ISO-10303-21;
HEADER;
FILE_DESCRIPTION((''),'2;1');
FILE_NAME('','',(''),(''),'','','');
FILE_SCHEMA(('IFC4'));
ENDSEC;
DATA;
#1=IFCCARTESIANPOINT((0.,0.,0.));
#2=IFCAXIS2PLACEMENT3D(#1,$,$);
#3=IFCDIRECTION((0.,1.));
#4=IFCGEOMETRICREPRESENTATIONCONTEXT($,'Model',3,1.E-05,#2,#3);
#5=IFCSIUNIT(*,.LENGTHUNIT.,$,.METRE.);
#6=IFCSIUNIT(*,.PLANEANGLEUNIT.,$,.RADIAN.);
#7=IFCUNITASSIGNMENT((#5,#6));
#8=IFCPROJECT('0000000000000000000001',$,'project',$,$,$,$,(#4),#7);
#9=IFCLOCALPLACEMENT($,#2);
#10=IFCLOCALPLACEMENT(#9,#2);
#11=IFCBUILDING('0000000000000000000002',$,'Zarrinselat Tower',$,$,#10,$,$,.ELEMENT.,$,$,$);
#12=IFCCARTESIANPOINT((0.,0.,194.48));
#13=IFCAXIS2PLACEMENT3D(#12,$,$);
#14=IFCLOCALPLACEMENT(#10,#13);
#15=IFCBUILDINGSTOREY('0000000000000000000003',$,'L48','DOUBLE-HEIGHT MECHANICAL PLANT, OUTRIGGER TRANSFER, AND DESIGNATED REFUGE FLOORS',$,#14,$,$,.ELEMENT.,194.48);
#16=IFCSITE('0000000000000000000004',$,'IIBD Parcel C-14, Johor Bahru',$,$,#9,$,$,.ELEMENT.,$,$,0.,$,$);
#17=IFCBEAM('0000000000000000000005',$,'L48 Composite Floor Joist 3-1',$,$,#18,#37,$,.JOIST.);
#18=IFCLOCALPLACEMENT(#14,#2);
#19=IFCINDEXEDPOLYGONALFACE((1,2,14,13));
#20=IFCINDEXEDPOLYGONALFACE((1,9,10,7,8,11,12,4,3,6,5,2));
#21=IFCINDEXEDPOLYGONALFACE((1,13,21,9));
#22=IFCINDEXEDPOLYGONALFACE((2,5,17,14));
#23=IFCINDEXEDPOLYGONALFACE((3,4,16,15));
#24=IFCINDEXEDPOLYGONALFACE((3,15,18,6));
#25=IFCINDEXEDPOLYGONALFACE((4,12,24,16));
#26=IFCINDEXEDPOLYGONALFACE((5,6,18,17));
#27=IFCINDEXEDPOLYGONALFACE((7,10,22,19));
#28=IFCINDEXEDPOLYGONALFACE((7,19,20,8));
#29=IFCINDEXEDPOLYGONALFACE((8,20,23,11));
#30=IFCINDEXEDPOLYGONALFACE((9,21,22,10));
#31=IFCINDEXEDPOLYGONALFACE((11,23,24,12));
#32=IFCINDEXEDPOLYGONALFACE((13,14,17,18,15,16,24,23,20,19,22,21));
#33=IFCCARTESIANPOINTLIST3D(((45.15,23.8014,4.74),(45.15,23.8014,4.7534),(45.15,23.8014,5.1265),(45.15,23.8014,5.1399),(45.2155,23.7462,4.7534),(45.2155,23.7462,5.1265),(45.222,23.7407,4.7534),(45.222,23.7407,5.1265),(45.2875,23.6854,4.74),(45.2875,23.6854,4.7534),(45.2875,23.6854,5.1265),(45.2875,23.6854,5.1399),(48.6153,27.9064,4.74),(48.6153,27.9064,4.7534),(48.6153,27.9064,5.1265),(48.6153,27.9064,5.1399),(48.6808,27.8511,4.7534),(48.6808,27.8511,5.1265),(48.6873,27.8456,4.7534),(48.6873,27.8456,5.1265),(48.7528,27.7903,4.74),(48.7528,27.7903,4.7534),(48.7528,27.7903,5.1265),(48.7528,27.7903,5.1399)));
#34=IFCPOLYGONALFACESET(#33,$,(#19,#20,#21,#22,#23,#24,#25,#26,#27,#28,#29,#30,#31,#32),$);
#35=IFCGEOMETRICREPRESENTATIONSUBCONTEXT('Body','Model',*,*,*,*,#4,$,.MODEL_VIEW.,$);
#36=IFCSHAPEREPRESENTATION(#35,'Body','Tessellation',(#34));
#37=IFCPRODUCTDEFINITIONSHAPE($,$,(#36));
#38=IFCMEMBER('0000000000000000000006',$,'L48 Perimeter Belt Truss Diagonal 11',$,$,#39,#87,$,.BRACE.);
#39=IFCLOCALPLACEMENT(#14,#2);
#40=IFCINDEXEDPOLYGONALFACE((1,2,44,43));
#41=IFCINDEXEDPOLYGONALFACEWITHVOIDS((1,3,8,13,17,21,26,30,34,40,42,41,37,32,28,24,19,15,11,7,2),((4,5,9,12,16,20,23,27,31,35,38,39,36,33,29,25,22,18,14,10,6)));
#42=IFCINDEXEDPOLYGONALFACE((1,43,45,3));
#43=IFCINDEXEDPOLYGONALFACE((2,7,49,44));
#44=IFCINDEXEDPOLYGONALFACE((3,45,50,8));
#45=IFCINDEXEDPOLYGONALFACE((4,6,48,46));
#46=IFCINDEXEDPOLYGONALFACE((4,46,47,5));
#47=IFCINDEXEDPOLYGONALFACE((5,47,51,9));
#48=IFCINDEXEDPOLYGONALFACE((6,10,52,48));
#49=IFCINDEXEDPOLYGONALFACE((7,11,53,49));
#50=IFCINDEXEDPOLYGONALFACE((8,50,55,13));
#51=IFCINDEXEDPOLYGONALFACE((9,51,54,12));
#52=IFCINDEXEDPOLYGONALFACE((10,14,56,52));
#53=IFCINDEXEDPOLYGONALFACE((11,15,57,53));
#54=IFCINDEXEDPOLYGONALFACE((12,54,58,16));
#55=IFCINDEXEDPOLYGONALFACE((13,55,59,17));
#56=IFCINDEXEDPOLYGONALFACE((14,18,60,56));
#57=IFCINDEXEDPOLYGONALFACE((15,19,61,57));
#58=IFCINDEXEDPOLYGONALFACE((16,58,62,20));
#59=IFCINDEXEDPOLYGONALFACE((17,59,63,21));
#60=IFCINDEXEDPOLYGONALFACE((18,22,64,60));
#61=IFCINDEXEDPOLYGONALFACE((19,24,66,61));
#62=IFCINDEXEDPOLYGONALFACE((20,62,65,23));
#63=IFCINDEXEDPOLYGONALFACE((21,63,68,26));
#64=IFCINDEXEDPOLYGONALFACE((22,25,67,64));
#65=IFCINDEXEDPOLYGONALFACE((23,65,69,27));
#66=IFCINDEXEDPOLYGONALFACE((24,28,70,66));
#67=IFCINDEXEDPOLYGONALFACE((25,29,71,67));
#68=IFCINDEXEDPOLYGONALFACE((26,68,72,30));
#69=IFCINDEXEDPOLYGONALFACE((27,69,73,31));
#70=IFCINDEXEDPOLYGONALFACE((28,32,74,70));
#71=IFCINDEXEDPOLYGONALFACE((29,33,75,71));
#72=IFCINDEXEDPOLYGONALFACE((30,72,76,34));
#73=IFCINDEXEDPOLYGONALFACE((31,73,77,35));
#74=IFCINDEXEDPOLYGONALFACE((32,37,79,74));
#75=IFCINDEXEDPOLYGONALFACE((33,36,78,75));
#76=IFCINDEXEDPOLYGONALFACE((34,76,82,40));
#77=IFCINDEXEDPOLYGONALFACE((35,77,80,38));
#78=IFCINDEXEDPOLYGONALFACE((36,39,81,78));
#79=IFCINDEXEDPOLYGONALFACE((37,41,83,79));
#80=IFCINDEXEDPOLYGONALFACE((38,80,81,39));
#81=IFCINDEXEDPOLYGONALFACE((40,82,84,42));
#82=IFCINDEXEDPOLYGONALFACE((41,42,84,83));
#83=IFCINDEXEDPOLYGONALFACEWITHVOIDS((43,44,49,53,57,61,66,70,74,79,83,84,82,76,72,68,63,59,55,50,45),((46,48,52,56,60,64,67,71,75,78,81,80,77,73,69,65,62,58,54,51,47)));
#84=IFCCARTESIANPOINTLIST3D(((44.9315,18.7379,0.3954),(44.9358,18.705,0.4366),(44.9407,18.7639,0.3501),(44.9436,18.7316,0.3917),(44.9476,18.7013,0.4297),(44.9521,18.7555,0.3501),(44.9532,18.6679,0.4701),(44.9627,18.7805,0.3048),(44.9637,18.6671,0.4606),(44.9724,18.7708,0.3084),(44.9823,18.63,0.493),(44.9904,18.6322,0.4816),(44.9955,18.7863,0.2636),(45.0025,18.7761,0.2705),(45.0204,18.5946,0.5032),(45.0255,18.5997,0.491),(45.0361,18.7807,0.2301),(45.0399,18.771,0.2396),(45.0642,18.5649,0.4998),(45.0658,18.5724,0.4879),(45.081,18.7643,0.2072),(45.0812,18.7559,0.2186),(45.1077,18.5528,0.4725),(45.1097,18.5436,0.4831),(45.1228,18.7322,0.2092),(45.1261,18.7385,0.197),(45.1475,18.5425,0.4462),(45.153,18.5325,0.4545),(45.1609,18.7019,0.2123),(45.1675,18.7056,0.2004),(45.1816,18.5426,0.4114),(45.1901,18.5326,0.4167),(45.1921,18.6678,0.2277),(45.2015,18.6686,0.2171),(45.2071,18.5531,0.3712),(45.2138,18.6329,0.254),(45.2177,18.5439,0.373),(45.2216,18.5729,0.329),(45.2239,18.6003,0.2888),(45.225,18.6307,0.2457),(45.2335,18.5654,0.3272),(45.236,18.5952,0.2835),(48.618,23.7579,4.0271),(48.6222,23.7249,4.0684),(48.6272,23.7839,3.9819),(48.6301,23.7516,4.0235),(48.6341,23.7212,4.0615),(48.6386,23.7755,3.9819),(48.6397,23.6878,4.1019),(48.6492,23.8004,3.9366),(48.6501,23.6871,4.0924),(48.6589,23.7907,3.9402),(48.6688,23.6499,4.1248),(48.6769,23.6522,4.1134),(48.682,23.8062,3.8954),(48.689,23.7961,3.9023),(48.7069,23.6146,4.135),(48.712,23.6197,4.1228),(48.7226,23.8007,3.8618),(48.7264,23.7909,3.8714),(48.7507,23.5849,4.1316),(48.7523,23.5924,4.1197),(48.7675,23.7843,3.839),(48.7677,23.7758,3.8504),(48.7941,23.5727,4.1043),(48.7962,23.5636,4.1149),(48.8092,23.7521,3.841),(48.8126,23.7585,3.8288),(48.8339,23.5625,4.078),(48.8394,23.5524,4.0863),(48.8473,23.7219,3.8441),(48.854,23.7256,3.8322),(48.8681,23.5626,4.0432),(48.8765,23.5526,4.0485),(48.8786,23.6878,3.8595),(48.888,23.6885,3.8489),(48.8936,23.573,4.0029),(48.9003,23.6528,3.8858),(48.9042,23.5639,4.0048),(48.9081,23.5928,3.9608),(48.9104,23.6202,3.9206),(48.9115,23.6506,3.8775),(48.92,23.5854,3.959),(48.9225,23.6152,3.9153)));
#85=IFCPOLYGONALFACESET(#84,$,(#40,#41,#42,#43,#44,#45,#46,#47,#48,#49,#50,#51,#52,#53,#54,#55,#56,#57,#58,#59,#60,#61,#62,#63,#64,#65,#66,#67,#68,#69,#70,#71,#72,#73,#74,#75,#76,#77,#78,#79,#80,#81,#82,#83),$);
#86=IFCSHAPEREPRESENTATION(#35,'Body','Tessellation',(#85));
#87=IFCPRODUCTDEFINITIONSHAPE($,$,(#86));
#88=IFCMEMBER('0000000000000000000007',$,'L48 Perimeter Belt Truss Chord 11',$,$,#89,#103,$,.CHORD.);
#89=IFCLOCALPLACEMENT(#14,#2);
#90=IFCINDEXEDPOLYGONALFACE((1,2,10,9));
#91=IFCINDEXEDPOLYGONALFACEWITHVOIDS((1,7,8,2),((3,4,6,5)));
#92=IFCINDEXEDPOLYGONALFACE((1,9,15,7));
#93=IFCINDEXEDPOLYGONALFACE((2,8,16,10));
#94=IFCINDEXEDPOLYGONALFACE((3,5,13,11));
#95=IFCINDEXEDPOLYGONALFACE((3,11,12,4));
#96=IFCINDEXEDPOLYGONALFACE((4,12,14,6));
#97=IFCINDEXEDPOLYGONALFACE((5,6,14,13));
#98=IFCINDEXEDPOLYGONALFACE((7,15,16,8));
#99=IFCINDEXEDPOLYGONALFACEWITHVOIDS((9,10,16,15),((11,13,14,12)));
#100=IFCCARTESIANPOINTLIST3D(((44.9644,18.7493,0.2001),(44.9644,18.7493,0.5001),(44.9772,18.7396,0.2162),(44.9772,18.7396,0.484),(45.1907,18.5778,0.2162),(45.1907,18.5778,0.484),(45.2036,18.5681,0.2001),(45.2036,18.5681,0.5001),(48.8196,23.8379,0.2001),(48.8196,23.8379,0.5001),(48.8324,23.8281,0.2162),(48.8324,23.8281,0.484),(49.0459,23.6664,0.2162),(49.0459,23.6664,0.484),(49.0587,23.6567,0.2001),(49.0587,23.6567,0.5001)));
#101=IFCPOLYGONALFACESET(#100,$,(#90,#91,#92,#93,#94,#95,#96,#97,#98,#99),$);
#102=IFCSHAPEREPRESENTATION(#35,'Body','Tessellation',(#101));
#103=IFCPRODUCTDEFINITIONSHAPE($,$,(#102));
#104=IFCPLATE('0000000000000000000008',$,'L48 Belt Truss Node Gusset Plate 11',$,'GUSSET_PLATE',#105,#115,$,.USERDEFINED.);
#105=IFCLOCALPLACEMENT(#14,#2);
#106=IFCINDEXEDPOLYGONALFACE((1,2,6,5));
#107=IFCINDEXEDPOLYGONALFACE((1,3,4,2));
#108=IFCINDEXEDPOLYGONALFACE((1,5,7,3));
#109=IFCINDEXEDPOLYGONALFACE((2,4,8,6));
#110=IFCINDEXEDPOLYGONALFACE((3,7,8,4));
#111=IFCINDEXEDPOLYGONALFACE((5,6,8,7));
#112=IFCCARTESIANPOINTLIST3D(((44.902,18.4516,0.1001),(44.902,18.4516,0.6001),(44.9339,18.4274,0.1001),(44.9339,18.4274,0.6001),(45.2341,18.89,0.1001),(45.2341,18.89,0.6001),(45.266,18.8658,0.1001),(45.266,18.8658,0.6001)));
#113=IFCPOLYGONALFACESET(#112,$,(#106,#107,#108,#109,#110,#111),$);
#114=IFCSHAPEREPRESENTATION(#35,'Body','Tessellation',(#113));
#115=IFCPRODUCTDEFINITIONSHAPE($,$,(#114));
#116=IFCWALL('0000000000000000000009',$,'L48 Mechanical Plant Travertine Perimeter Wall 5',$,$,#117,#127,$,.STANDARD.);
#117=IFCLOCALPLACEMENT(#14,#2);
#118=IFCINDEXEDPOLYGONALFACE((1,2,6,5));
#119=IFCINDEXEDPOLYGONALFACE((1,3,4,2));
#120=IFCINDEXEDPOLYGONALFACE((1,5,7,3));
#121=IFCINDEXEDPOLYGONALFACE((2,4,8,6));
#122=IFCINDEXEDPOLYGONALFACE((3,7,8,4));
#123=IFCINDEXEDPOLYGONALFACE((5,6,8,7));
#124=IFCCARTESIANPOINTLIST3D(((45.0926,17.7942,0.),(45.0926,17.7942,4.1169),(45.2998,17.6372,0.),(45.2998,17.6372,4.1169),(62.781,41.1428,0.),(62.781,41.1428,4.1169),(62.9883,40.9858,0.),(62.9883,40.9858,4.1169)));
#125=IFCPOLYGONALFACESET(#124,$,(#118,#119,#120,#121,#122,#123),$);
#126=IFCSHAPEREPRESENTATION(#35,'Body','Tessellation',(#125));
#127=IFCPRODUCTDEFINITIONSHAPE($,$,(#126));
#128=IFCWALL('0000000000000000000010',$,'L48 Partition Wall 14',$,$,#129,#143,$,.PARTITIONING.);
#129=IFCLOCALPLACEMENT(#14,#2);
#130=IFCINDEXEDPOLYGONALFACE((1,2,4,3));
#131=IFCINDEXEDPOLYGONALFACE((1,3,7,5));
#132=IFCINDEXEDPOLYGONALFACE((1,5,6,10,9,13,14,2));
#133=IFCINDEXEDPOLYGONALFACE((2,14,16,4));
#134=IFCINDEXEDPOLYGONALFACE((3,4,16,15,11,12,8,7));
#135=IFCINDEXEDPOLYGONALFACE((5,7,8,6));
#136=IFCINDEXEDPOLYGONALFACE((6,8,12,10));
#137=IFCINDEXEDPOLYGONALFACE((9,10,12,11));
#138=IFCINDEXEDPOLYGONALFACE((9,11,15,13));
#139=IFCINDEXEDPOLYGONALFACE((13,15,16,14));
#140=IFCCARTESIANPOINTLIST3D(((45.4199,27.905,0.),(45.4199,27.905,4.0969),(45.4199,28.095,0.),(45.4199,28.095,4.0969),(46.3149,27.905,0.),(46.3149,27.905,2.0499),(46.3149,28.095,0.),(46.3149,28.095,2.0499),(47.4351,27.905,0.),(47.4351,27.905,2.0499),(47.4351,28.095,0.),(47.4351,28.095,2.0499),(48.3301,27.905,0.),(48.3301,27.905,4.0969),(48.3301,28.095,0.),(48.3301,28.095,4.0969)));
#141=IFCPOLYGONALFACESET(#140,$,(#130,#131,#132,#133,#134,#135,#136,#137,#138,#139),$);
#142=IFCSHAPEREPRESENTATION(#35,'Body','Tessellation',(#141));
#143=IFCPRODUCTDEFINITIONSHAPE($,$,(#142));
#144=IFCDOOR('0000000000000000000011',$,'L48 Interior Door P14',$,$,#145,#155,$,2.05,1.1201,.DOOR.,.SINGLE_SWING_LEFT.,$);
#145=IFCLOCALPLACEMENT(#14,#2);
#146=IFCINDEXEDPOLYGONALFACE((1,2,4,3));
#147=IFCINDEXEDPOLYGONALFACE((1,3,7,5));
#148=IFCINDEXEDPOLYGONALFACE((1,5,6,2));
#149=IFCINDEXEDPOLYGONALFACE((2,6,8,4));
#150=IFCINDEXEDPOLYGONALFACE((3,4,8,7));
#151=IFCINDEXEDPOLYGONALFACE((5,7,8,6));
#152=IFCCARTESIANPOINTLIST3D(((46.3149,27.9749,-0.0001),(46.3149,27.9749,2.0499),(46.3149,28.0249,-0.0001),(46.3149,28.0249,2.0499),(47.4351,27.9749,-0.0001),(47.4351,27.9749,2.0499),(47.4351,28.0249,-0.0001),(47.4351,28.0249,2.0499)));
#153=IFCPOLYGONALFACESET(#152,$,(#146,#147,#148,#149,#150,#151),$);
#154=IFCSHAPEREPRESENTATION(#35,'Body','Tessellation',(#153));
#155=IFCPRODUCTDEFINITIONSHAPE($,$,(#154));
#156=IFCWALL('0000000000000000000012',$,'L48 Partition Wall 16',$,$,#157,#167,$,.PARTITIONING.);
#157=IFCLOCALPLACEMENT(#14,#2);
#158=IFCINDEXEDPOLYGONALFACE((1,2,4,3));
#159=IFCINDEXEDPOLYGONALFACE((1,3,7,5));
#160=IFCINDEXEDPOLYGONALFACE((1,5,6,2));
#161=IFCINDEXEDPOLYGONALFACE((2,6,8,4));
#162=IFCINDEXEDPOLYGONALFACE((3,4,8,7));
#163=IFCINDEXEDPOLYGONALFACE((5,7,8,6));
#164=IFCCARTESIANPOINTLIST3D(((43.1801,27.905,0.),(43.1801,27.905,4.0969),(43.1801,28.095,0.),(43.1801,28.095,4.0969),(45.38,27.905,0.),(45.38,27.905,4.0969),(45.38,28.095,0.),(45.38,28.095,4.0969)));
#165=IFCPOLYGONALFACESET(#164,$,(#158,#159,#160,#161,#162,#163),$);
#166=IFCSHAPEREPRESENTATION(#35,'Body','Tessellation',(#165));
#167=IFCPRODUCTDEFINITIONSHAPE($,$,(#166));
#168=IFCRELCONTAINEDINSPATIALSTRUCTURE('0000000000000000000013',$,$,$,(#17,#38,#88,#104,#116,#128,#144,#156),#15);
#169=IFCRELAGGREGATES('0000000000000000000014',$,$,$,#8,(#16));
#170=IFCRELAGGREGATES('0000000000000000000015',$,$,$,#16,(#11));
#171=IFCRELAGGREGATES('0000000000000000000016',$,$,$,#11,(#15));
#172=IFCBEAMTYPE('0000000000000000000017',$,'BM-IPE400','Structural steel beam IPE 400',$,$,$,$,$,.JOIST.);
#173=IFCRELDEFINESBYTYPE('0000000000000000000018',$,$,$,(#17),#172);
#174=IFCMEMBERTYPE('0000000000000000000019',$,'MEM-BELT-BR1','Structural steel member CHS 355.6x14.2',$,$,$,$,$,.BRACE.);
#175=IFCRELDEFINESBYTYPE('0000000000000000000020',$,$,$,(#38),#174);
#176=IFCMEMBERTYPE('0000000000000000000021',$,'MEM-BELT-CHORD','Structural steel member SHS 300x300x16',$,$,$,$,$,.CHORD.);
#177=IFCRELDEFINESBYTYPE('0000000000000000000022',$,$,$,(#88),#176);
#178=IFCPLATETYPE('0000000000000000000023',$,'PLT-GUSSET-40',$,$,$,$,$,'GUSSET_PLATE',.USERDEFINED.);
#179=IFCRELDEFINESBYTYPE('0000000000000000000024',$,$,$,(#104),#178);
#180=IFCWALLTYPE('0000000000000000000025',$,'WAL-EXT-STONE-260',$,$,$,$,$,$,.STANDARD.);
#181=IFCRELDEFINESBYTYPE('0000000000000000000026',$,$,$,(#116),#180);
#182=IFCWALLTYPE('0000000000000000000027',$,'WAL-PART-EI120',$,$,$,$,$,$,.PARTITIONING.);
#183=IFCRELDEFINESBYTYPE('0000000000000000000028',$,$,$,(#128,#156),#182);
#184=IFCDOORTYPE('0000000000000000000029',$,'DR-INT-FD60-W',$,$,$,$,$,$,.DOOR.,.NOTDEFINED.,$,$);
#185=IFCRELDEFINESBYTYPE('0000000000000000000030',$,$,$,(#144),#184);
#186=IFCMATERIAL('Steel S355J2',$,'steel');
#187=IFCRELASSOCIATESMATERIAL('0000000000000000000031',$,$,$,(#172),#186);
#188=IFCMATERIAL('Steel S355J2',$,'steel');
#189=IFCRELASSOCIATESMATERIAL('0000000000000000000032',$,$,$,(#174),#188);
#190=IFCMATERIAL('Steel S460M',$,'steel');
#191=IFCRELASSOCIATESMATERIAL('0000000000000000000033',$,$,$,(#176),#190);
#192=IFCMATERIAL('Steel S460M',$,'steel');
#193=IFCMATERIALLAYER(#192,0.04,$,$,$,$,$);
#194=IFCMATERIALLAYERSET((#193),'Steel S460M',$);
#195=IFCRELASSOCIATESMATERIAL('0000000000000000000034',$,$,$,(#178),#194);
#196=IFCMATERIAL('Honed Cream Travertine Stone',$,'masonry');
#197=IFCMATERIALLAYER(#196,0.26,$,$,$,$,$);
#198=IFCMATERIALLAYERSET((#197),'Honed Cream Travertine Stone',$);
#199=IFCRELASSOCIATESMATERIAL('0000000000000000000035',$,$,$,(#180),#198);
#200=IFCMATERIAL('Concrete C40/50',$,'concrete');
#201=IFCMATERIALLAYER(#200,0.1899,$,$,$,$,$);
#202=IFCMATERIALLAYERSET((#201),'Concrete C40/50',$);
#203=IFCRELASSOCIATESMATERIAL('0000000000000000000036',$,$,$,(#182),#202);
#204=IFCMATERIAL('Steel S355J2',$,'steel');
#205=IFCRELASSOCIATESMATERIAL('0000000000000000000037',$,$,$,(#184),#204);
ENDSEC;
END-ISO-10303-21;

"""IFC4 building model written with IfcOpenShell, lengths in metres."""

from ifc_helpers import new_model, si_unit, direction, frame, frame_2d, origin, origin_2d, place, context, subcontext, project, spatial, rectangle, hollow_rectangle, hollow_circle, i_section, extrude, material, layer, layer_set, material_profile, profile_set, type_object, element, fill, save


model = new_model("IFC4")

# Units and contexts
model_context = context("Model", 3, precision=1e-05, world=origin(), true_north=direction((0.0, 1.0)))
body_context = subcontext(model_context, "Body", "Model", "MODEL_VIEW")
ifc_project = project(units=[si_unit("LENGTHUNIT", "METRE"), si_unit("PLANEANGLEUNIT", "RADIAN")], contexts=[model_context])

# Site, building, storey
site_placement = place(None, origin())
site = spatial("IfcSite", under=ifc_project, at=site_placement, Name="IIBD Parcel C-14, Johor Bahru", CompositionType="ELEMENT", RefElevation=0.0)
building_placement = place(site_placement, origin())
building = spatial("IfcBuilding", under=site, at=building_placement, Name="Zarrinselat Tower", CompositionType="ELEMENT")
storey_placement = place(building_placement, frame((0.0, 0.0, 194.48)))
storey = spatial("IfcBuildingStorey", under=building, at=storey_placement, Name="L48", Description="DOUBLE-HEIGHT MECHANICAL PLANT, OUTRIGGER TRANSFER, AND DESIGNATED REFUGE FLOORS", CompositionType="ELEMENT", Elevation=194.48)

# Beam
ifc_material_1 = material(Name="Steel S355J2", Category="steel")
ifc_material_profile_1 = material_profile(ifc_material_1, i_section(OverallWidth=0.1799, OverallDepth=0.3999, WebThickness=0.0085, FlangeThickness=0.0134, at=origin_2d()), Name="IPE 400")
ifc_profile_set_1 = profile_set([ifc_material_profile_1], Name="Steel S355J2")
beam_type_1 = type_object("IfcBeamType", Name="BM-IPE400", Description="Structural steel beam IPE 400", PredefinedType="JOIST", material=ifc_profile_set_1)
beam_1_placement = place(storey_placement, frame((45.2188, 23.7434, 4.9399), z_axis=(0.645062, 0.76413, 0.0), x_axis=(-0.76413, 0.645062, 0.0)))
element("IfcBeam", 1, at=beam_1_placement, inside=storey, type_object=beam_type_1, Name="L48 Composite Floor Joist 3-1", PredefinedType="JOIST", context=body_context, shape_type="SweptSolid", body=[
    extrude(i_section(OverallWidth=0.1799, OverallDepth=0.3999, WebThickness=0.0085, FlangeThickness=0.0134, at=origin_2d()), origin(), (0.0, 0.0, 1.0), 5.3721),
])

# Members
ifc_material_2 = material(Name="Steel S355J2", Category="steel")
ifc_material_profile_2 = material_profile(ifc_material_2, hollow_circle(Radius=0.1777, WallThickness=0.0142, at=origin_2d()), Name="CHS 355.6x14.2")
ifc_profile_set_2 = profile_set([ifc_material_profile_2], Name="Steel S355J2")
member_type_1 = type_object("IfcMemberType", Name="MEM-BELT-BR1", Description="Structural steel member CHS 355.6x14.2", PredefinedType="BRACE", material=ifc_profile_set_2)
member_1_placement = place(storey_placement, frame((45.084, 18.6587, 0.3501), z_axis=(0.511321, 0.696277, 0.503736), x_axis=(-0.806009, 0.591904, 0.0)))
element("IfcMember", 2, at=member_1_placement, inside=storey, type_object=member_type_1, Name="L48 Perimeter Belt Truss Diagonal 11", PredefinedType="BRACE", context=body_context, shape_type="SweptSolid", body=[
    extrude(hollow_circle(Radius=0.1777, WallThickness=0.0142, at=origin_2d()), origin(), (0.0, 0.0, 1.0), 7.2097),
])
ifc_material_3 = material(Name="Steel S460M", Category="steel")
ifc_material_profile_3 = material_profile(ifc_material_3, hollow_rectangle(XDim=0.3, YDim=0.3, WallThickness=0.0161, at=origin_2d()), Name="SHS 300x300x16")
ifc_profile_set_3 = profile_set([ifc_material_profile_3], Name="Steel S460M")
member_type_2 = type_object("IfcMemberType", Name="MEM-BELT-CHORD", Description="Structural steel member SHS 300x300x16", PredefinedType="CHORD", material=ifc_profile_set_3)
member_2_placement = place(storey_placement, frame((45.084, 18.6587, 0.3501), z_axis=(0.603878, 0.797077, 0.0), x_axis=(-0.797077, 0.603878, 0.0)))
element("IfcMember", 3, at=member_2_placement, inside=storey, type_object=member_type_2, Name="L48 Perimeter Belt Truss Chord 11", PredefinedType="CHORD", context=body_context, shape_type="SweptSolid", body=[
    extrude(hollow_rectangle(XDim=0.3, YDim=0.3, WallThickness=0.0161, at=origin_2d()), origin(), (0.0, 0.0, 1.0), 6.384),
])

# Plate
ifc_material_4 = material(Name="Steel S460M", Category="steel")
ifc_layer_1 = layer(ifc_material_4, 0.04)
ifc_layer_set_1 = layer_set([ifc_layer_1], Name="Steel S460M")
plate_type = type_object("IfcPlateType", Name="PLT-GUSSET-40", ElementType="GUSSET_PLATE", PredefinedType="USERDEFINED", material=ifc_layer_set_1)
plate_placement = place(storey_placement, frame((45.084, 18.6587, 0.1001), z_axis=(0.0, 0.0, 1.0), x_axis=(0.603856, 0.797093, 0.0)))
element("IfcPlate", 4, at=plate_placement, inside=storey, type_object=plate_type, Name="L48 Belt Truss Node Gusset Plate 11", ObjectType="GUSSET_PLATE", PredefinedType="USERDEFINED", context=body_context, shape_type="SweptSolid", body=[
    extrude(rectangle(XDim=0.55, YDim=0.04, at=origin_2d()), origin(), (0.0, 0.0, 1.0), 0.5),
])

# Wall
ifc_material_5 = material(Name="Honed Cream Travertine Stone", Category="masonry")
ifc_layer_2 = layer(ifc_material_5, 0.26)
ifc_layer_set_2 = layer_set([ifc_layer_2], Name="Honed Cream Travertine Stone")
wall_type_1 = type_object("IfcWallType", Name="WAL-EXT-STONE-260", PredefinedType="STANDARD", material=ifc_layer_set_2)
wall_1_placement = place(storey_placement, frame((45.1963, 17.7158, 0.0), z_axis=(0.0, 0.0, 1.0), x_axis=(0.60386, 0.79709, 0.0)))
element("IfcWall", 5, at=wall_1_placement, inside=storey, type_object=wall_type_1, Name="L48 Mechanical Plant Travertine Perimeter Wall 5", PredefinedType="STANDARD", context=body_context, shape_type="SweptSolid", body=[
    extrude(rectangle(XDim=29.2922, YDim=0.26, at=frame_2d((14.646, 0.0))), origin(), (0.0, 0.0, 1.0), 4.1169),
])

# Wall, opening, door
ifc_material_6 = material(Name="Concrete C40/50", Category="concrete")
ifc_layer_3 = layer(ifc_material_6, 0.1899)
ifc_layer_set_3 = layer_set([ifc_layer_3], Name="Concrete C40/50")
wall_type_2 = type_object("IfcWallType", Name="WAL-PART-EI120", PredefinedType="PARTITIONING", material=ifc_layer_set_3)
wall_2_placement = place(storey_placement, frame((45.4199, 28.0, 0.0), z_axis=(0.0, 0.0, 1.0), x_axis=(1.0, 0.0, 0.0)))
wall_2 = element("IfcWall", 6, at=wall_2_placement, inside=storey, type_object=wall_type_2, Name="L48 Partition Wall 14", PredefinedType="PARTITIONING", context=body_context, shape_type="SweptSolid", body=[
    extrude(rectangle(XDim=2.9102, YDim=0.1899, at=frame_2d((1.4551, 0.0))), origin(), (0.0, 0.0, 1.0), 4.0969),
])
opening_placement = place(wall_2_placement, frame((0.895, 0.0, 0.0)))
opening = element("IfcOpeningElement", 7, at=opening_placement, cuts=wall_2, PredefinedType="OPENING", context=body_context, shape_type="SweptSolid", body=[
    extrude(rectangle(XDim=1.1201, YDim=2.05, at=frame_2d((0.5601, 1.0249))), frame((0.0, 0.105, 0.0), z_axis=(0.0, -1.0, 0.0), x_axis=(1.0, 0.0, 0.0)), (0.0, 0.0, 1.0), 0.21),
])
ifc_material_7 = material(Name="Steel S355J2", Category="steel")
door_type = type_object("IfcDoorType", Name="DR-INT-FD60-W", OperationType="NOTDEFINED", PredefinedType="DOOR", material=ifc_material_7)
door_placement = place(opening_placement, origin())
door = element("IfcDoor", 8, at=door_placement, inside=storey, type_object=door_type, Name="L48 Interior Door P14", OperationType="SINGLE_SWING_LEFT", OverallHeight=2.05, OverallWidth=1.1201, PredefinedType="DOOR", context=body_context, shape_type="SweptSolid", body=[
    extrude(rectangle(XDim=1.1201, YDim=2.05, at=frame_2d((0.5601, 1.0249))), frame((0.0, 0.0249, 0.0), z_axis=(0.0, -1.0, 0.0), x_axis=(1.0, 0.0, 0.0)), (0.0, 0.0, 1.0), 0.05),
])
fill(opening, door)

# Wall
wall_3_placement = place(storey_placement, frame((43.1799, 28.0, 0.0), z_axis=(0.0, 0.0, 1.0), x_axis=(1.0, 0.0, 0.0)))
element("IfcWall", 9, at=wall_3_placement, inside=storey, type_object=wall_type_2, Name="L48 Partition Wall 16", PredefinedType="PARTITIONING", context=body_context, shape_type="SweptSolid", body=[
    extrude(rectangle(XDim=2.2, YDim=0.1899, at=frame_2d((1.1001, 0.0))), origin(), (0.0, 0.0, 1.0), 4.0969),
])

save(model, "model.ifc")
